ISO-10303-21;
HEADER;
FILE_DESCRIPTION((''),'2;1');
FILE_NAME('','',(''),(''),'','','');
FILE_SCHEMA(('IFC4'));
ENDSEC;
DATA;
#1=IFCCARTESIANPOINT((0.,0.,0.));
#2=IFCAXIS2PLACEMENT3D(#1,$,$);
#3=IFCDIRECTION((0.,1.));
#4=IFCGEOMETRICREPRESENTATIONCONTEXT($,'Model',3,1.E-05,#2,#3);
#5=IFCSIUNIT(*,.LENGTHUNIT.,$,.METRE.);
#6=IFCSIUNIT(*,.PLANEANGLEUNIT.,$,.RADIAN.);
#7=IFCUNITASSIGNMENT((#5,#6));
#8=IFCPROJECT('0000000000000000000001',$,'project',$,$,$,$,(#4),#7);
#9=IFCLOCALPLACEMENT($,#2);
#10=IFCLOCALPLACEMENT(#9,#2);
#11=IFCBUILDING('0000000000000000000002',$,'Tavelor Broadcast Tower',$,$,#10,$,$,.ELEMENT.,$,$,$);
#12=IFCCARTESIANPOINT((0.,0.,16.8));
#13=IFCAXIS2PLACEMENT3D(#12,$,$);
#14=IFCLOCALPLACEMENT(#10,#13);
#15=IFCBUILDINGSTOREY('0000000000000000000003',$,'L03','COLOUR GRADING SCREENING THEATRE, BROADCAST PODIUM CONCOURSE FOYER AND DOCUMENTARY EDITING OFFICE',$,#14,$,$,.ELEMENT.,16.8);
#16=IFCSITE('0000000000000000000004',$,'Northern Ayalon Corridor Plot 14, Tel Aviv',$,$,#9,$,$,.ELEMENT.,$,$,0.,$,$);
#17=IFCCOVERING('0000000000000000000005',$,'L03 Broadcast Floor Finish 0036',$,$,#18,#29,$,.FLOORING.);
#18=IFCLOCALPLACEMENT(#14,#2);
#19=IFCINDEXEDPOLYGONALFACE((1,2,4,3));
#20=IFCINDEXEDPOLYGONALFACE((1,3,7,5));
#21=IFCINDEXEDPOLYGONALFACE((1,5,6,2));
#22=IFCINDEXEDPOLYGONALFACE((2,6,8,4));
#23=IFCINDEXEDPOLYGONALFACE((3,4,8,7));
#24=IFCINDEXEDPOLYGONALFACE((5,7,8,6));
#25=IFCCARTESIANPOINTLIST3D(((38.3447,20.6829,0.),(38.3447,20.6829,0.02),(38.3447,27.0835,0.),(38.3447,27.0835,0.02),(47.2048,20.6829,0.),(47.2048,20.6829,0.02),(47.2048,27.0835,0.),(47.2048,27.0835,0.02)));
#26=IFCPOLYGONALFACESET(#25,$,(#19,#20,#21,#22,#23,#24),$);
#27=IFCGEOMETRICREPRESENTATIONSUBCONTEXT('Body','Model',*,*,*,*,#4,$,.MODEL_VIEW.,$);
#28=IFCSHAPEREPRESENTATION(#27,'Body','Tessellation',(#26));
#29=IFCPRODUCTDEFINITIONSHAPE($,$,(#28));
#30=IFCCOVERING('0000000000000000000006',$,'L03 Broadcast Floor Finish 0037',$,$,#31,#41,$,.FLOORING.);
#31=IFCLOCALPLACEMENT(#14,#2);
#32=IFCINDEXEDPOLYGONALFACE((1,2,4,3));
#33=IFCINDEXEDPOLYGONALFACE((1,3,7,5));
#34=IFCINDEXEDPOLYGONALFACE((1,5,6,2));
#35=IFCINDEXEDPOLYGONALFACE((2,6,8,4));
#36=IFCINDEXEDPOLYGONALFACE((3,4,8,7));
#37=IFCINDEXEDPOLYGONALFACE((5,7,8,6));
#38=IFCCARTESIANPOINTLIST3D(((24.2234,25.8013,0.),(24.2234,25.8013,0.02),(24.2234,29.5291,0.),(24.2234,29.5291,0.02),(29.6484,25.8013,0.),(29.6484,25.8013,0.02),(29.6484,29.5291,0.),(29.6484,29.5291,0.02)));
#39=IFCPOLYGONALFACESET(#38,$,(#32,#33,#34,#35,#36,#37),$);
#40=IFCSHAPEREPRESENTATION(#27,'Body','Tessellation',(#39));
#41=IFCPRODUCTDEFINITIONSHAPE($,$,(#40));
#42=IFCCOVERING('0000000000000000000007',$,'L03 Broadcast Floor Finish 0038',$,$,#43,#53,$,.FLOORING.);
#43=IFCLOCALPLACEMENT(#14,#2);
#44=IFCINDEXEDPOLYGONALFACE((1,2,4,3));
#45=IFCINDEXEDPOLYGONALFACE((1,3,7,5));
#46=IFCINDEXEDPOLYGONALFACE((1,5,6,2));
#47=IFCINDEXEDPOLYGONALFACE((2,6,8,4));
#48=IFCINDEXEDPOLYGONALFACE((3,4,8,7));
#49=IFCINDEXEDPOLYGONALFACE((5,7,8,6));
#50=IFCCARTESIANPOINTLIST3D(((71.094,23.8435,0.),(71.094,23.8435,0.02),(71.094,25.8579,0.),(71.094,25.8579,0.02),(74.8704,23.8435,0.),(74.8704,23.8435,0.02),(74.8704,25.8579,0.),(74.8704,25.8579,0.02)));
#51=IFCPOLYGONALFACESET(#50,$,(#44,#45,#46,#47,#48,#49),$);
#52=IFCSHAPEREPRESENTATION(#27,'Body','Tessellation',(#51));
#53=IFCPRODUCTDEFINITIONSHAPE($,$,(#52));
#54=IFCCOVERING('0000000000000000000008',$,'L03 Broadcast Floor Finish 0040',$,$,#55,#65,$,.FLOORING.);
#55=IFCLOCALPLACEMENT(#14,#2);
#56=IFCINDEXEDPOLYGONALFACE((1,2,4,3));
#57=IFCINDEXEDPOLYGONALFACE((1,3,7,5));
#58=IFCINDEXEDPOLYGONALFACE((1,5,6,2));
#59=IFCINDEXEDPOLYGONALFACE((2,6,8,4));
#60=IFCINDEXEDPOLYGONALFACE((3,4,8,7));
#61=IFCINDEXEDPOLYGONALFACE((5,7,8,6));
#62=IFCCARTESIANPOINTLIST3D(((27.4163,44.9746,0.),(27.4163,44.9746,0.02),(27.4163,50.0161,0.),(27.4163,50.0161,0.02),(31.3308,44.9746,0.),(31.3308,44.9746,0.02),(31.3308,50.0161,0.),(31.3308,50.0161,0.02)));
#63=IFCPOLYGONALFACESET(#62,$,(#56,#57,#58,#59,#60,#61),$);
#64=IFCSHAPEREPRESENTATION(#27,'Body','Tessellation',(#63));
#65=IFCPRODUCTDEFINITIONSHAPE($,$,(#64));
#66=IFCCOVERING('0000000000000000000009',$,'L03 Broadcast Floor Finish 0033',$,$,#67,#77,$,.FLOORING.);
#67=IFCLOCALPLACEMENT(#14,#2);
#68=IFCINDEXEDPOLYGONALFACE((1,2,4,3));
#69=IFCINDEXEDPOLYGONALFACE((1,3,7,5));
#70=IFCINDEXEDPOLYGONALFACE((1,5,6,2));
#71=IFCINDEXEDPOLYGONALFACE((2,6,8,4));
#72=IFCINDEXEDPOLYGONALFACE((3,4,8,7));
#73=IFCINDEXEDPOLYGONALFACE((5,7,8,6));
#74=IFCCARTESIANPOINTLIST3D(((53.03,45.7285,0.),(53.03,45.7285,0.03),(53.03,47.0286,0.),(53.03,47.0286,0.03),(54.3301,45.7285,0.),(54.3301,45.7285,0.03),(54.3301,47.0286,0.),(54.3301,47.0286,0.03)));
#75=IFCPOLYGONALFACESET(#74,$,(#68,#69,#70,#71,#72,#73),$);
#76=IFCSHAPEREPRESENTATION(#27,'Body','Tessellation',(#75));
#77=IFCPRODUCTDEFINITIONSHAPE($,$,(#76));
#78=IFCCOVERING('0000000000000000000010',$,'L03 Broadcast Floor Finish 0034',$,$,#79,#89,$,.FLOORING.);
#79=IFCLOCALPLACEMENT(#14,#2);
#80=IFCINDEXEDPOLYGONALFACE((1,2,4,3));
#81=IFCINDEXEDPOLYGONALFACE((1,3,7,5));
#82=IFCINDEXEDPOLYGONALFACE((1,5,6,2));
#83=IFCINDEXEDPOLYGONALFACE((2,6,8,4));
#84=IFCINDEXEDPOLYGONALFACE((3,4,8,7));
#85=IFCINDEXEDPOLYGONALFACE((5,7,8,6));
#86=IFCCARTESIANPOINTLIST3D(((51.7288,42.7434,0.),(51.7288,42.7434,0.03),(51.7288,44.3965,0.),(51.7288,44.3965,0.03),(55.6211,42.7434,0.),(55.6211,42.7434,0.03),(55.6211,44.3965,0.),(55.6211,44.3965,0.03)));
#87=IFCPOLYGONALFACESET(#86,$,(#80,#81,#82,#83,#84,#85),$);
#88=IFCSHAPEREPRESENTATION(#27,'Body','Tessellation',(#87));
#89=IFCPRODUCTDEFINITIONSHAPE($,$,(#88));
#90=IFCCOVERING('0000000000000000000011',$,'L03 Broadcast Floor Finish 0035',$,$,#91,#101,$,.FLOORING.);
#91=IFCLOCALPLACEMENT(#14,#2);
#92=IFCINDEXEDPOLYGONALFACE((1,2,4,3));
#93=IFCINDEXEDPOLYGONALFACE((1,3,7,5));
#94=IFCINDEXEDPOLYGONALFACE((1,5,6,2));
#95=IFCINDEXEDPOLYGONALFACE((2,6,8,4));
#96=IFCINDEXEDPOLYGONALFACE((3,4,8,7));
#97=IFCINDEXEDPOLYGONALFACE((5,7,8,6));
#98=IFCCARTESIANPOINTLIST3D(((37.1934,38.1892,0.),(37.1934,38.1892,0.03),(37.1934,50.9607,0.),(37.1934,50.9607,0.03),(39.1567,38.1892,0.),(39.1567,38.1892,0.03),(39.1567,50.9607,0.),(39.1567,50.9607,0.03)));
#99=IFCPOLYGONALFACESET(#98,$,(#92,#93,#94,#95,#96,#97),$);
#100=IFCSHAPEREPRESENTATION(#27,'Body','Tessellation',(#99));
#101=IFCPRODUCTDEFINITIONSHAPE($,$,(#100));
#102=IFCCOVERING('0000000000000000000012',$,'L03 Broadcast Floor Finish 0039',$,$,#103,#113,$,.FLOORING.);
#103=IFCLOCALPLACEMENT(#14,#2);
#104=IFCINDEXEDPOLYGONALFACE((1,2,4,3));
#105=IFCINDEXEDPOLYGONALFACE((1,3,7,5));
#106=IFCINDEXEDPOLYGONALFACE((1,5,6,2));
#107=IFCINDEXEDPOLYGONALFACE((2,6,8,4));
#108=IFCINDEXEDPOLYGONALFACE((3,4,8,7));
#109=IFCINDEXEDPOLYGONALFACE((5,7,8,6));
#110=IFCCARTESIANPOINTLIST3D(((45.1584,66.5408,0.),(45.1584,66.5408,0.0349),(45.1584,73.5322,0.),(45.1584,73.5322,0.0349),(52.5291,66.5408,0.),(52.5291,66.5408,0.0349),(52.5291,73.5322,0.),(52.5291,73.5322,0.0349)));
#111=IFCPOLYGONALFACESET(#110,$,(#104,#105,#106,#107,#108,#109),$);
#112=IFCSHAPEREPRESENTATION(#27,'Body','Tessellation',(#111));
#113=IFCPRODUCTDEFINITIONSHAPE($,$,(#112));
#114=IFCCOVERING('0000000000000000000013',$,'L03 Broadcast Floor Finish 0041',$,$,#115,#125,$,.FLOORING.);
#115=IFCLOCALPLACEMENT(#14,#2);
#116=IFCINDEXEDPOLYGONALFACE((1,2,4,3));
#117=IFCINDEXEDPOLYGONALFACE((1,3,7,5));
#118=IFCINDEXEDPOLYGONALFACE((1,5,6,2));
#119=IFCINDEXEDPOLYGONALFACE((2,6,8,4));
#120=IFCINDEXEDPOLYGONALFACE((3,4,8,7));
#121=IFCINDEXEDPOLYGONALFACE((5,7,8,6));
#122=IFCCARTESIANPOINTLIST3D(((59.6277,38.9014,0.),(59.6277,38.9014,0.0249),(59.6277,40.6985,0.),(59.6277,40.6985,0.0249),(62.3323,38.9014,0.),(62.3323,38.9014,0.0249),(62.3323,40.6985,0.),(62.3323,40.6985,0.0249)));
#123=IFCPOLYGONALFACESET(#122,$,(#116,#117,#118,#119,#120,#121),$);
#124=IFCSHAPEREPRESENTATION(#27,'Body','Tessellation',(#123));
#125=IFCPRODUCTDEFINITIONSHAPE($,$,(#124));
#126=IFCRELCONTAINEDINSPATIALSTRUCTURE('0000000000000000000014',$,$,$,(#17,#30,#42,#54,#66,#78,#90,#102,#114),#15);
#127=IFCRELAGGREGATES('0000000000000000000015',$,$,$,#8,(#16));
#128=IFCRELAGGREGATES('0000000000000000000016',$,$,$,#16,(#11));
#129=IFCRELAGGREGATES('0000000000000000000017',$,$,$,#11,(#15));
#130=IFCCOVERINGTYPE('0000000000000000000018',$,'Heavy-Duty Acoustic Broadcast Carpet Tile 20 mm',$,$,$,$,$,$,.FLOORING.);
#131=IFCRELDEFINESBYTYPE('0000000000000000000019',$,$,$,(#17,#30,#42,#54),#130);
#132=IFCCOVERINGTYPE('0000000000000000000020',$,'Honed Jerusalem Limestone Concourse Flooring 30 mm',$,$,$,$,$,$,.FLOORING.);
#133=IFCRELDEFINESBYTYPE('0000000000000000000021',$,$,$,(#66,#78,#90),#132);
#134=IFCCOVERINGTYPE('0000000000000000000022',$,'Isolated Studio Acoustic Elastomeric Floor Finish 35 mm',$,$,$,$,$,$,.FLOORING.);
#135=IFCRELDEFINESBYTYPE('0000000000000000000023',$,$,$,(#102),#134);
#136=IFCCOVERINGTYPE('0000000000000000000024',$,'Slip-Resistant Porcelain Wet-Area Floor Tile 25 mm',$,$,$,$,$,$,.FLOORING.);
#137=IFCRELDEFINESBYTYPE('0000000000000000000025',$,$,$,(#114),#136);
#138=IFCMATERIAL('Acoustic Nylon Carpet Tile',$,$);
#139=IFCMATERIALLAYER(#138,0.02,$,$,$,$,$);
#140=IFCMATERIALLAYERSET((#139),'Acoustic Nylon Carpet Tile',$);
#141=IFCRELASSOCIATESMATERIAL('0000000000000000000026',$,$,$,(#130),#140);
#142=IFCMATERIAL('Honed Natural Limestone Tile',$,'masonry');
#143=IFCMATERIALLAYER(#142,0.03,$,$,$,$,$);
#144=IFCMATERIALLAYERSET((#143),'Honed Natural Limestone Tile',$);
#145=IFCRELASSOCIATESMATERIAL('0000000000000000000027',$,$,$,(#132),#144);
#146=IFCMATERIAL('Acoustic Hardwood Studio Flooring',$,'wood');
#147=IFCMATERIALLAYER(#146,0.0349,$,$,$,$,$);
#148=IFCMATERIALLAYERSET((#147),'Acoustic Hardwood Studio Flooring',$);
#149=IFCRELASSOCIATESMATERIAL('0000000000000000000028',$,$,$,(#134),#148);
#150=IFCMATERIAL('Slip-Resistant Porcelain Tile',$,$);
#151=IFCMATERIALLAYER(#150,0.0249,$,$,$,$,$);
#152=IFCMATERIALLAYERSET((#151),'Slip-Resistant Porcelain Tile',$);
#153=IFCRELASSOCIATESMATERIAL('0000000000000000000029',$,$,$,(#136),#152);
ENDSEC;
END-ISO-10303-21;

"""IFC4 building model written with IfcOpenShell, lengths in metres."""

from ifc_helpers import new_model, si_unit, direction, frame, origin, place, context, subcontext, project, spatial, polyline, outline, extrude, material, layer, layer_set, type_object, element, save


model = new_model("IFC4")

# Units and contexts
model_context = context("Model", 3, precision=1e-05, world=origin(), true_north=direction((0.0, 1.0)))
body_context = subcontext(model_context, "Body", "Model", "MODEL_VIEW")
ifc_project = project(units=[si_unit("LENGTHUNIT", "METRE"), si_unit("PLANEANGLEUNIT", "RADIAN")], contexts=[model_context])

# Site, building, storey
site_placement = place(None, origin())
site = spatial("IfcSite", under=ifc_project, at=site_placement, Name="Northern Ayalon Corridor Plot 14, Tel Aviv", CompositionType="ELEMENT", RefElevation=0.0)
building_placement = place(site_placement, origin())
building = spatial("IfcBuilding", under=site, at=building_placement, Name="Tavelor Broadcast Tower", CompositionType="ELEMENT")
storey_placement = place(building_placement, frame((0.0, 0.0, 16.8)))
storey = spatial("IfcBuildingStorey", under=building, at=storey_placement, Name="L03", Description="COLOUR GRADING SCREENING THEATRE, BROADCAST PODIUM CONCOURSE FOYER AND DOCUMENTARY EDITING OFFICE", CompositionType="ELEMENT", Elevation=16.8)

# Coverings
ifc_material_1 = material(Name="Acoustic Nylon Carpet Tile")
ifc_layer_1 = layer(ifc_material_1, 0.02)
ifc_layer_set_1 = layer_set([ifc_layer_1], Name="Acoustic Nylon Carpet Tile")
covering_type_1 = type_object("IfcCoveringType", Name="Heavy-Duty Acoustic Broadcast Carpet Tile 20 mm", PredefinedType="FLOORING", material=ifc_layer_set_1)
covering_1_placement = place(storey_placement, origin())
element("IfcCovering", 1, at=covering_1_placement, inside=storey, type_object=covering_type_1, Name="L03 Broadcast Floor Finish 0036", PredefinedType="FLOORING", context=body_context, shape_type="SweptSolid", body=[
    extrude(outline(polyline([(38.3447, 20.6829), (47.2048, 20.6829), (47.2048, 27.0835), (38.3447, 27.0835), (38.3447, 20.6829)])), origin(), (0.0, 0.0, 1.0), 0.02),
])
covering_2_placement = place(storey_placement, origin())
element("IfcCovering", 2, at=covering_2_placement, inside=storey, type_object=covering_type_1, Name="L03 Broadcast Floor Finish 0037", PredefinedType="FLOORING", context=body_context, shape_type="SweptSolid", body=[
    extrude(outline(polyline([(24.2234, 25.8013), (29.6484, 25.8013), (29.6484, 29.5291), (24.2234, 29.5291), (24.2234, 25.8013)])), origin(), (0.0, 0.0, 1.0), 0.02),
])
covering_3_placement = place(storey_placement, origin())
element("IfcCovering", 3, at=covering_3_placement, inside=storey, type_object=covering_type_1, Name="L03 Broadcast Floor Finish 0038", PredefinedType="FLOORING", context=body_context, shape_type="SweptSolid", body=[
    extrude(outline(polyline([(71.094, 23.8435), (74.8704, 23.8435), (74.8704, 25.8579), (71.094, 25.8579), (71.094, 23.8435)])), origin(), (0.0, 0.0, 1.0), 0.02),
])
covering_4_placement = place(storey_placement, origin())
element("IfcCovering", 4, at=covering_4_placement, inside=storey, type_object=covering_type_1, Name="L03 Broadcast Floor Finish 0040", PredefinedType="FLOORING", context=body_context, shape_type="SweptSolid", body=[
    extrude(outline(polyline([(27.4163, 44.9746), (31.3308, 44.9746), (31.3308, 50.0161), (27.4163, 50.0161), (27.4163, 44.9746)])), origin(), (0.0, 0.0, 1.0), 0.02),
])
ifc_material_2 = material(Name="Honed Natural Limestone Tile", Category="masonry")
ifc_layer_2 = layer(ifc_material_2, 0.03)
ifc_layer_set_2 = layer_set([ifc_layer_2], Name="Honed Natural Limestone Tile")
covering_type_2 = type_object("IfcCoveringType", Name="Honed Jerusalem Limestone Concourse Flooring 30 mm", PredefinedType="FLOORING", material=ifc_layer_set_2)
covering_5_placement = place(storey_placement, origin())
element("IfcCovering", 5, at=covering_5_placement, inside=storey, type_object=covering_type_2, Name="L03 Broadcast Floor Finish 0033", PredefinedType="FLOORING", context=body_context, shape_type="SweptSolid", body=[
    extrude(outline(polyline([(53.03, 45.7285), (54.3301, 45.7285), (54.3301, 47.0286), (53.03, 47.0286), (53.03, 45.7285)])), origin(), (0.0, 0.0, 1.0), 0.03),
])
covering_6_placement = place(storey_placement, origin())
element("IfcCovering", 6, at=covering_6_placement, inside=storey, type_object=covering_type_2, Name="L03 Broadcast Floor Finish 0034", PredefinedType="FLOORING", context=body_context, shape_type="SweptSolid", body=[
    extrude(outline(polyline([(51.7288, 42.7434), (55.6211, 42.7434), (55.6211, 44.3965), (51.7288, 44.3965), (51.7288, 42.7434)])), origin(), (0.0, 0.0, 1.0), 0.03),
])
covering_7_placement = place(storey_placement, origin())
element("IfcCovering", 7, at=covering_7_placement, inside=storey, type_object=covering_type_2, Name="L03 Broadcast Floor Finish 0035", PredefinedType="FLOORING", context=body_context, shape_type="SweptSolid", body=[
    extrude(outline(polyline([(37.1934, 38.1892), (39.1567, 38.1892), (39.1567, 50.9607), (37.1934, 50.9607), (37.1934, 38.1892)])), origin(), (0.0, 0.0, 1.0), 0.03),
])
ifc_material_3 = material(Name="Acoustic Hardwood Studio Flooring", Category="wood")
ifc_layer_3 = layer(ifc_material_3, 0.0349)
ifc_layer_set_3 = layer_set([ifc_layer_3], Name="Acoustic Hardwood Studio Flooring")
covering_type_3 = type_object("IfcCoveringType", Name="Isolated Studio Acoustic Elastomeric Floor Finish 35 mm", PredefinedType="FLOORING", material=ifc_layer_set_3)
covering_8_placement = place(storey_placement, origin())
element("IfcCovering", 8, at=covering_8_placement, inside=storey, type_object=covering_type_3, Name="L03 Broadcast Floor Finish 0039", PredefinedType="FLOORING", context=body_context, shape_type="SweptSolid", body=[
    extrude(outline(polyline([(45.1584, 66.5408), (52.5291, 66.5408), (52.5291, 73.5322), (45.1584, 73.5322), (45.1584, 66.5408)])), origin(), (0.0, 0.0, 1.0), 0.0349),
])
ifc_material_4 = material(Name="Slip-Resistant Porcelain Tile")
ifc_layer_4 = layer(ifc_material_4, 0.0249)
ifc_layer_set_4 = layer_set([ifc_layer_4], Name="Slip-Resistant Porcelain Tile")
covering_type_4 = type_object("IfcCoveringType", Name="Slip-Resistant Porcelain Wet-Area Floor Tile 25 mm", PredefinedType="FLOORING", material=ifc_layer_set_4)
covering_9_placement = place(storey_placement, origin())
element("IfcCovering", 9, at=covering_9_placement, inside=storey, type_object=covering_type_4, Name="L03 Broadcast Floor Finish 0041", PredefinedType="FLOORING", context=body_context, shape_type="SweptSolid", body=[
    extrude(outline(polyline([(59.6277, 38.9014), (62.3323, 38.9014), (62.3323, 40.6985), (59.6277, 40.6985), (59.6277, 38.9014)])), origin(), (0.0, 0.0, 1.0), 0.0249),
])

save(model, "model.ifc")
